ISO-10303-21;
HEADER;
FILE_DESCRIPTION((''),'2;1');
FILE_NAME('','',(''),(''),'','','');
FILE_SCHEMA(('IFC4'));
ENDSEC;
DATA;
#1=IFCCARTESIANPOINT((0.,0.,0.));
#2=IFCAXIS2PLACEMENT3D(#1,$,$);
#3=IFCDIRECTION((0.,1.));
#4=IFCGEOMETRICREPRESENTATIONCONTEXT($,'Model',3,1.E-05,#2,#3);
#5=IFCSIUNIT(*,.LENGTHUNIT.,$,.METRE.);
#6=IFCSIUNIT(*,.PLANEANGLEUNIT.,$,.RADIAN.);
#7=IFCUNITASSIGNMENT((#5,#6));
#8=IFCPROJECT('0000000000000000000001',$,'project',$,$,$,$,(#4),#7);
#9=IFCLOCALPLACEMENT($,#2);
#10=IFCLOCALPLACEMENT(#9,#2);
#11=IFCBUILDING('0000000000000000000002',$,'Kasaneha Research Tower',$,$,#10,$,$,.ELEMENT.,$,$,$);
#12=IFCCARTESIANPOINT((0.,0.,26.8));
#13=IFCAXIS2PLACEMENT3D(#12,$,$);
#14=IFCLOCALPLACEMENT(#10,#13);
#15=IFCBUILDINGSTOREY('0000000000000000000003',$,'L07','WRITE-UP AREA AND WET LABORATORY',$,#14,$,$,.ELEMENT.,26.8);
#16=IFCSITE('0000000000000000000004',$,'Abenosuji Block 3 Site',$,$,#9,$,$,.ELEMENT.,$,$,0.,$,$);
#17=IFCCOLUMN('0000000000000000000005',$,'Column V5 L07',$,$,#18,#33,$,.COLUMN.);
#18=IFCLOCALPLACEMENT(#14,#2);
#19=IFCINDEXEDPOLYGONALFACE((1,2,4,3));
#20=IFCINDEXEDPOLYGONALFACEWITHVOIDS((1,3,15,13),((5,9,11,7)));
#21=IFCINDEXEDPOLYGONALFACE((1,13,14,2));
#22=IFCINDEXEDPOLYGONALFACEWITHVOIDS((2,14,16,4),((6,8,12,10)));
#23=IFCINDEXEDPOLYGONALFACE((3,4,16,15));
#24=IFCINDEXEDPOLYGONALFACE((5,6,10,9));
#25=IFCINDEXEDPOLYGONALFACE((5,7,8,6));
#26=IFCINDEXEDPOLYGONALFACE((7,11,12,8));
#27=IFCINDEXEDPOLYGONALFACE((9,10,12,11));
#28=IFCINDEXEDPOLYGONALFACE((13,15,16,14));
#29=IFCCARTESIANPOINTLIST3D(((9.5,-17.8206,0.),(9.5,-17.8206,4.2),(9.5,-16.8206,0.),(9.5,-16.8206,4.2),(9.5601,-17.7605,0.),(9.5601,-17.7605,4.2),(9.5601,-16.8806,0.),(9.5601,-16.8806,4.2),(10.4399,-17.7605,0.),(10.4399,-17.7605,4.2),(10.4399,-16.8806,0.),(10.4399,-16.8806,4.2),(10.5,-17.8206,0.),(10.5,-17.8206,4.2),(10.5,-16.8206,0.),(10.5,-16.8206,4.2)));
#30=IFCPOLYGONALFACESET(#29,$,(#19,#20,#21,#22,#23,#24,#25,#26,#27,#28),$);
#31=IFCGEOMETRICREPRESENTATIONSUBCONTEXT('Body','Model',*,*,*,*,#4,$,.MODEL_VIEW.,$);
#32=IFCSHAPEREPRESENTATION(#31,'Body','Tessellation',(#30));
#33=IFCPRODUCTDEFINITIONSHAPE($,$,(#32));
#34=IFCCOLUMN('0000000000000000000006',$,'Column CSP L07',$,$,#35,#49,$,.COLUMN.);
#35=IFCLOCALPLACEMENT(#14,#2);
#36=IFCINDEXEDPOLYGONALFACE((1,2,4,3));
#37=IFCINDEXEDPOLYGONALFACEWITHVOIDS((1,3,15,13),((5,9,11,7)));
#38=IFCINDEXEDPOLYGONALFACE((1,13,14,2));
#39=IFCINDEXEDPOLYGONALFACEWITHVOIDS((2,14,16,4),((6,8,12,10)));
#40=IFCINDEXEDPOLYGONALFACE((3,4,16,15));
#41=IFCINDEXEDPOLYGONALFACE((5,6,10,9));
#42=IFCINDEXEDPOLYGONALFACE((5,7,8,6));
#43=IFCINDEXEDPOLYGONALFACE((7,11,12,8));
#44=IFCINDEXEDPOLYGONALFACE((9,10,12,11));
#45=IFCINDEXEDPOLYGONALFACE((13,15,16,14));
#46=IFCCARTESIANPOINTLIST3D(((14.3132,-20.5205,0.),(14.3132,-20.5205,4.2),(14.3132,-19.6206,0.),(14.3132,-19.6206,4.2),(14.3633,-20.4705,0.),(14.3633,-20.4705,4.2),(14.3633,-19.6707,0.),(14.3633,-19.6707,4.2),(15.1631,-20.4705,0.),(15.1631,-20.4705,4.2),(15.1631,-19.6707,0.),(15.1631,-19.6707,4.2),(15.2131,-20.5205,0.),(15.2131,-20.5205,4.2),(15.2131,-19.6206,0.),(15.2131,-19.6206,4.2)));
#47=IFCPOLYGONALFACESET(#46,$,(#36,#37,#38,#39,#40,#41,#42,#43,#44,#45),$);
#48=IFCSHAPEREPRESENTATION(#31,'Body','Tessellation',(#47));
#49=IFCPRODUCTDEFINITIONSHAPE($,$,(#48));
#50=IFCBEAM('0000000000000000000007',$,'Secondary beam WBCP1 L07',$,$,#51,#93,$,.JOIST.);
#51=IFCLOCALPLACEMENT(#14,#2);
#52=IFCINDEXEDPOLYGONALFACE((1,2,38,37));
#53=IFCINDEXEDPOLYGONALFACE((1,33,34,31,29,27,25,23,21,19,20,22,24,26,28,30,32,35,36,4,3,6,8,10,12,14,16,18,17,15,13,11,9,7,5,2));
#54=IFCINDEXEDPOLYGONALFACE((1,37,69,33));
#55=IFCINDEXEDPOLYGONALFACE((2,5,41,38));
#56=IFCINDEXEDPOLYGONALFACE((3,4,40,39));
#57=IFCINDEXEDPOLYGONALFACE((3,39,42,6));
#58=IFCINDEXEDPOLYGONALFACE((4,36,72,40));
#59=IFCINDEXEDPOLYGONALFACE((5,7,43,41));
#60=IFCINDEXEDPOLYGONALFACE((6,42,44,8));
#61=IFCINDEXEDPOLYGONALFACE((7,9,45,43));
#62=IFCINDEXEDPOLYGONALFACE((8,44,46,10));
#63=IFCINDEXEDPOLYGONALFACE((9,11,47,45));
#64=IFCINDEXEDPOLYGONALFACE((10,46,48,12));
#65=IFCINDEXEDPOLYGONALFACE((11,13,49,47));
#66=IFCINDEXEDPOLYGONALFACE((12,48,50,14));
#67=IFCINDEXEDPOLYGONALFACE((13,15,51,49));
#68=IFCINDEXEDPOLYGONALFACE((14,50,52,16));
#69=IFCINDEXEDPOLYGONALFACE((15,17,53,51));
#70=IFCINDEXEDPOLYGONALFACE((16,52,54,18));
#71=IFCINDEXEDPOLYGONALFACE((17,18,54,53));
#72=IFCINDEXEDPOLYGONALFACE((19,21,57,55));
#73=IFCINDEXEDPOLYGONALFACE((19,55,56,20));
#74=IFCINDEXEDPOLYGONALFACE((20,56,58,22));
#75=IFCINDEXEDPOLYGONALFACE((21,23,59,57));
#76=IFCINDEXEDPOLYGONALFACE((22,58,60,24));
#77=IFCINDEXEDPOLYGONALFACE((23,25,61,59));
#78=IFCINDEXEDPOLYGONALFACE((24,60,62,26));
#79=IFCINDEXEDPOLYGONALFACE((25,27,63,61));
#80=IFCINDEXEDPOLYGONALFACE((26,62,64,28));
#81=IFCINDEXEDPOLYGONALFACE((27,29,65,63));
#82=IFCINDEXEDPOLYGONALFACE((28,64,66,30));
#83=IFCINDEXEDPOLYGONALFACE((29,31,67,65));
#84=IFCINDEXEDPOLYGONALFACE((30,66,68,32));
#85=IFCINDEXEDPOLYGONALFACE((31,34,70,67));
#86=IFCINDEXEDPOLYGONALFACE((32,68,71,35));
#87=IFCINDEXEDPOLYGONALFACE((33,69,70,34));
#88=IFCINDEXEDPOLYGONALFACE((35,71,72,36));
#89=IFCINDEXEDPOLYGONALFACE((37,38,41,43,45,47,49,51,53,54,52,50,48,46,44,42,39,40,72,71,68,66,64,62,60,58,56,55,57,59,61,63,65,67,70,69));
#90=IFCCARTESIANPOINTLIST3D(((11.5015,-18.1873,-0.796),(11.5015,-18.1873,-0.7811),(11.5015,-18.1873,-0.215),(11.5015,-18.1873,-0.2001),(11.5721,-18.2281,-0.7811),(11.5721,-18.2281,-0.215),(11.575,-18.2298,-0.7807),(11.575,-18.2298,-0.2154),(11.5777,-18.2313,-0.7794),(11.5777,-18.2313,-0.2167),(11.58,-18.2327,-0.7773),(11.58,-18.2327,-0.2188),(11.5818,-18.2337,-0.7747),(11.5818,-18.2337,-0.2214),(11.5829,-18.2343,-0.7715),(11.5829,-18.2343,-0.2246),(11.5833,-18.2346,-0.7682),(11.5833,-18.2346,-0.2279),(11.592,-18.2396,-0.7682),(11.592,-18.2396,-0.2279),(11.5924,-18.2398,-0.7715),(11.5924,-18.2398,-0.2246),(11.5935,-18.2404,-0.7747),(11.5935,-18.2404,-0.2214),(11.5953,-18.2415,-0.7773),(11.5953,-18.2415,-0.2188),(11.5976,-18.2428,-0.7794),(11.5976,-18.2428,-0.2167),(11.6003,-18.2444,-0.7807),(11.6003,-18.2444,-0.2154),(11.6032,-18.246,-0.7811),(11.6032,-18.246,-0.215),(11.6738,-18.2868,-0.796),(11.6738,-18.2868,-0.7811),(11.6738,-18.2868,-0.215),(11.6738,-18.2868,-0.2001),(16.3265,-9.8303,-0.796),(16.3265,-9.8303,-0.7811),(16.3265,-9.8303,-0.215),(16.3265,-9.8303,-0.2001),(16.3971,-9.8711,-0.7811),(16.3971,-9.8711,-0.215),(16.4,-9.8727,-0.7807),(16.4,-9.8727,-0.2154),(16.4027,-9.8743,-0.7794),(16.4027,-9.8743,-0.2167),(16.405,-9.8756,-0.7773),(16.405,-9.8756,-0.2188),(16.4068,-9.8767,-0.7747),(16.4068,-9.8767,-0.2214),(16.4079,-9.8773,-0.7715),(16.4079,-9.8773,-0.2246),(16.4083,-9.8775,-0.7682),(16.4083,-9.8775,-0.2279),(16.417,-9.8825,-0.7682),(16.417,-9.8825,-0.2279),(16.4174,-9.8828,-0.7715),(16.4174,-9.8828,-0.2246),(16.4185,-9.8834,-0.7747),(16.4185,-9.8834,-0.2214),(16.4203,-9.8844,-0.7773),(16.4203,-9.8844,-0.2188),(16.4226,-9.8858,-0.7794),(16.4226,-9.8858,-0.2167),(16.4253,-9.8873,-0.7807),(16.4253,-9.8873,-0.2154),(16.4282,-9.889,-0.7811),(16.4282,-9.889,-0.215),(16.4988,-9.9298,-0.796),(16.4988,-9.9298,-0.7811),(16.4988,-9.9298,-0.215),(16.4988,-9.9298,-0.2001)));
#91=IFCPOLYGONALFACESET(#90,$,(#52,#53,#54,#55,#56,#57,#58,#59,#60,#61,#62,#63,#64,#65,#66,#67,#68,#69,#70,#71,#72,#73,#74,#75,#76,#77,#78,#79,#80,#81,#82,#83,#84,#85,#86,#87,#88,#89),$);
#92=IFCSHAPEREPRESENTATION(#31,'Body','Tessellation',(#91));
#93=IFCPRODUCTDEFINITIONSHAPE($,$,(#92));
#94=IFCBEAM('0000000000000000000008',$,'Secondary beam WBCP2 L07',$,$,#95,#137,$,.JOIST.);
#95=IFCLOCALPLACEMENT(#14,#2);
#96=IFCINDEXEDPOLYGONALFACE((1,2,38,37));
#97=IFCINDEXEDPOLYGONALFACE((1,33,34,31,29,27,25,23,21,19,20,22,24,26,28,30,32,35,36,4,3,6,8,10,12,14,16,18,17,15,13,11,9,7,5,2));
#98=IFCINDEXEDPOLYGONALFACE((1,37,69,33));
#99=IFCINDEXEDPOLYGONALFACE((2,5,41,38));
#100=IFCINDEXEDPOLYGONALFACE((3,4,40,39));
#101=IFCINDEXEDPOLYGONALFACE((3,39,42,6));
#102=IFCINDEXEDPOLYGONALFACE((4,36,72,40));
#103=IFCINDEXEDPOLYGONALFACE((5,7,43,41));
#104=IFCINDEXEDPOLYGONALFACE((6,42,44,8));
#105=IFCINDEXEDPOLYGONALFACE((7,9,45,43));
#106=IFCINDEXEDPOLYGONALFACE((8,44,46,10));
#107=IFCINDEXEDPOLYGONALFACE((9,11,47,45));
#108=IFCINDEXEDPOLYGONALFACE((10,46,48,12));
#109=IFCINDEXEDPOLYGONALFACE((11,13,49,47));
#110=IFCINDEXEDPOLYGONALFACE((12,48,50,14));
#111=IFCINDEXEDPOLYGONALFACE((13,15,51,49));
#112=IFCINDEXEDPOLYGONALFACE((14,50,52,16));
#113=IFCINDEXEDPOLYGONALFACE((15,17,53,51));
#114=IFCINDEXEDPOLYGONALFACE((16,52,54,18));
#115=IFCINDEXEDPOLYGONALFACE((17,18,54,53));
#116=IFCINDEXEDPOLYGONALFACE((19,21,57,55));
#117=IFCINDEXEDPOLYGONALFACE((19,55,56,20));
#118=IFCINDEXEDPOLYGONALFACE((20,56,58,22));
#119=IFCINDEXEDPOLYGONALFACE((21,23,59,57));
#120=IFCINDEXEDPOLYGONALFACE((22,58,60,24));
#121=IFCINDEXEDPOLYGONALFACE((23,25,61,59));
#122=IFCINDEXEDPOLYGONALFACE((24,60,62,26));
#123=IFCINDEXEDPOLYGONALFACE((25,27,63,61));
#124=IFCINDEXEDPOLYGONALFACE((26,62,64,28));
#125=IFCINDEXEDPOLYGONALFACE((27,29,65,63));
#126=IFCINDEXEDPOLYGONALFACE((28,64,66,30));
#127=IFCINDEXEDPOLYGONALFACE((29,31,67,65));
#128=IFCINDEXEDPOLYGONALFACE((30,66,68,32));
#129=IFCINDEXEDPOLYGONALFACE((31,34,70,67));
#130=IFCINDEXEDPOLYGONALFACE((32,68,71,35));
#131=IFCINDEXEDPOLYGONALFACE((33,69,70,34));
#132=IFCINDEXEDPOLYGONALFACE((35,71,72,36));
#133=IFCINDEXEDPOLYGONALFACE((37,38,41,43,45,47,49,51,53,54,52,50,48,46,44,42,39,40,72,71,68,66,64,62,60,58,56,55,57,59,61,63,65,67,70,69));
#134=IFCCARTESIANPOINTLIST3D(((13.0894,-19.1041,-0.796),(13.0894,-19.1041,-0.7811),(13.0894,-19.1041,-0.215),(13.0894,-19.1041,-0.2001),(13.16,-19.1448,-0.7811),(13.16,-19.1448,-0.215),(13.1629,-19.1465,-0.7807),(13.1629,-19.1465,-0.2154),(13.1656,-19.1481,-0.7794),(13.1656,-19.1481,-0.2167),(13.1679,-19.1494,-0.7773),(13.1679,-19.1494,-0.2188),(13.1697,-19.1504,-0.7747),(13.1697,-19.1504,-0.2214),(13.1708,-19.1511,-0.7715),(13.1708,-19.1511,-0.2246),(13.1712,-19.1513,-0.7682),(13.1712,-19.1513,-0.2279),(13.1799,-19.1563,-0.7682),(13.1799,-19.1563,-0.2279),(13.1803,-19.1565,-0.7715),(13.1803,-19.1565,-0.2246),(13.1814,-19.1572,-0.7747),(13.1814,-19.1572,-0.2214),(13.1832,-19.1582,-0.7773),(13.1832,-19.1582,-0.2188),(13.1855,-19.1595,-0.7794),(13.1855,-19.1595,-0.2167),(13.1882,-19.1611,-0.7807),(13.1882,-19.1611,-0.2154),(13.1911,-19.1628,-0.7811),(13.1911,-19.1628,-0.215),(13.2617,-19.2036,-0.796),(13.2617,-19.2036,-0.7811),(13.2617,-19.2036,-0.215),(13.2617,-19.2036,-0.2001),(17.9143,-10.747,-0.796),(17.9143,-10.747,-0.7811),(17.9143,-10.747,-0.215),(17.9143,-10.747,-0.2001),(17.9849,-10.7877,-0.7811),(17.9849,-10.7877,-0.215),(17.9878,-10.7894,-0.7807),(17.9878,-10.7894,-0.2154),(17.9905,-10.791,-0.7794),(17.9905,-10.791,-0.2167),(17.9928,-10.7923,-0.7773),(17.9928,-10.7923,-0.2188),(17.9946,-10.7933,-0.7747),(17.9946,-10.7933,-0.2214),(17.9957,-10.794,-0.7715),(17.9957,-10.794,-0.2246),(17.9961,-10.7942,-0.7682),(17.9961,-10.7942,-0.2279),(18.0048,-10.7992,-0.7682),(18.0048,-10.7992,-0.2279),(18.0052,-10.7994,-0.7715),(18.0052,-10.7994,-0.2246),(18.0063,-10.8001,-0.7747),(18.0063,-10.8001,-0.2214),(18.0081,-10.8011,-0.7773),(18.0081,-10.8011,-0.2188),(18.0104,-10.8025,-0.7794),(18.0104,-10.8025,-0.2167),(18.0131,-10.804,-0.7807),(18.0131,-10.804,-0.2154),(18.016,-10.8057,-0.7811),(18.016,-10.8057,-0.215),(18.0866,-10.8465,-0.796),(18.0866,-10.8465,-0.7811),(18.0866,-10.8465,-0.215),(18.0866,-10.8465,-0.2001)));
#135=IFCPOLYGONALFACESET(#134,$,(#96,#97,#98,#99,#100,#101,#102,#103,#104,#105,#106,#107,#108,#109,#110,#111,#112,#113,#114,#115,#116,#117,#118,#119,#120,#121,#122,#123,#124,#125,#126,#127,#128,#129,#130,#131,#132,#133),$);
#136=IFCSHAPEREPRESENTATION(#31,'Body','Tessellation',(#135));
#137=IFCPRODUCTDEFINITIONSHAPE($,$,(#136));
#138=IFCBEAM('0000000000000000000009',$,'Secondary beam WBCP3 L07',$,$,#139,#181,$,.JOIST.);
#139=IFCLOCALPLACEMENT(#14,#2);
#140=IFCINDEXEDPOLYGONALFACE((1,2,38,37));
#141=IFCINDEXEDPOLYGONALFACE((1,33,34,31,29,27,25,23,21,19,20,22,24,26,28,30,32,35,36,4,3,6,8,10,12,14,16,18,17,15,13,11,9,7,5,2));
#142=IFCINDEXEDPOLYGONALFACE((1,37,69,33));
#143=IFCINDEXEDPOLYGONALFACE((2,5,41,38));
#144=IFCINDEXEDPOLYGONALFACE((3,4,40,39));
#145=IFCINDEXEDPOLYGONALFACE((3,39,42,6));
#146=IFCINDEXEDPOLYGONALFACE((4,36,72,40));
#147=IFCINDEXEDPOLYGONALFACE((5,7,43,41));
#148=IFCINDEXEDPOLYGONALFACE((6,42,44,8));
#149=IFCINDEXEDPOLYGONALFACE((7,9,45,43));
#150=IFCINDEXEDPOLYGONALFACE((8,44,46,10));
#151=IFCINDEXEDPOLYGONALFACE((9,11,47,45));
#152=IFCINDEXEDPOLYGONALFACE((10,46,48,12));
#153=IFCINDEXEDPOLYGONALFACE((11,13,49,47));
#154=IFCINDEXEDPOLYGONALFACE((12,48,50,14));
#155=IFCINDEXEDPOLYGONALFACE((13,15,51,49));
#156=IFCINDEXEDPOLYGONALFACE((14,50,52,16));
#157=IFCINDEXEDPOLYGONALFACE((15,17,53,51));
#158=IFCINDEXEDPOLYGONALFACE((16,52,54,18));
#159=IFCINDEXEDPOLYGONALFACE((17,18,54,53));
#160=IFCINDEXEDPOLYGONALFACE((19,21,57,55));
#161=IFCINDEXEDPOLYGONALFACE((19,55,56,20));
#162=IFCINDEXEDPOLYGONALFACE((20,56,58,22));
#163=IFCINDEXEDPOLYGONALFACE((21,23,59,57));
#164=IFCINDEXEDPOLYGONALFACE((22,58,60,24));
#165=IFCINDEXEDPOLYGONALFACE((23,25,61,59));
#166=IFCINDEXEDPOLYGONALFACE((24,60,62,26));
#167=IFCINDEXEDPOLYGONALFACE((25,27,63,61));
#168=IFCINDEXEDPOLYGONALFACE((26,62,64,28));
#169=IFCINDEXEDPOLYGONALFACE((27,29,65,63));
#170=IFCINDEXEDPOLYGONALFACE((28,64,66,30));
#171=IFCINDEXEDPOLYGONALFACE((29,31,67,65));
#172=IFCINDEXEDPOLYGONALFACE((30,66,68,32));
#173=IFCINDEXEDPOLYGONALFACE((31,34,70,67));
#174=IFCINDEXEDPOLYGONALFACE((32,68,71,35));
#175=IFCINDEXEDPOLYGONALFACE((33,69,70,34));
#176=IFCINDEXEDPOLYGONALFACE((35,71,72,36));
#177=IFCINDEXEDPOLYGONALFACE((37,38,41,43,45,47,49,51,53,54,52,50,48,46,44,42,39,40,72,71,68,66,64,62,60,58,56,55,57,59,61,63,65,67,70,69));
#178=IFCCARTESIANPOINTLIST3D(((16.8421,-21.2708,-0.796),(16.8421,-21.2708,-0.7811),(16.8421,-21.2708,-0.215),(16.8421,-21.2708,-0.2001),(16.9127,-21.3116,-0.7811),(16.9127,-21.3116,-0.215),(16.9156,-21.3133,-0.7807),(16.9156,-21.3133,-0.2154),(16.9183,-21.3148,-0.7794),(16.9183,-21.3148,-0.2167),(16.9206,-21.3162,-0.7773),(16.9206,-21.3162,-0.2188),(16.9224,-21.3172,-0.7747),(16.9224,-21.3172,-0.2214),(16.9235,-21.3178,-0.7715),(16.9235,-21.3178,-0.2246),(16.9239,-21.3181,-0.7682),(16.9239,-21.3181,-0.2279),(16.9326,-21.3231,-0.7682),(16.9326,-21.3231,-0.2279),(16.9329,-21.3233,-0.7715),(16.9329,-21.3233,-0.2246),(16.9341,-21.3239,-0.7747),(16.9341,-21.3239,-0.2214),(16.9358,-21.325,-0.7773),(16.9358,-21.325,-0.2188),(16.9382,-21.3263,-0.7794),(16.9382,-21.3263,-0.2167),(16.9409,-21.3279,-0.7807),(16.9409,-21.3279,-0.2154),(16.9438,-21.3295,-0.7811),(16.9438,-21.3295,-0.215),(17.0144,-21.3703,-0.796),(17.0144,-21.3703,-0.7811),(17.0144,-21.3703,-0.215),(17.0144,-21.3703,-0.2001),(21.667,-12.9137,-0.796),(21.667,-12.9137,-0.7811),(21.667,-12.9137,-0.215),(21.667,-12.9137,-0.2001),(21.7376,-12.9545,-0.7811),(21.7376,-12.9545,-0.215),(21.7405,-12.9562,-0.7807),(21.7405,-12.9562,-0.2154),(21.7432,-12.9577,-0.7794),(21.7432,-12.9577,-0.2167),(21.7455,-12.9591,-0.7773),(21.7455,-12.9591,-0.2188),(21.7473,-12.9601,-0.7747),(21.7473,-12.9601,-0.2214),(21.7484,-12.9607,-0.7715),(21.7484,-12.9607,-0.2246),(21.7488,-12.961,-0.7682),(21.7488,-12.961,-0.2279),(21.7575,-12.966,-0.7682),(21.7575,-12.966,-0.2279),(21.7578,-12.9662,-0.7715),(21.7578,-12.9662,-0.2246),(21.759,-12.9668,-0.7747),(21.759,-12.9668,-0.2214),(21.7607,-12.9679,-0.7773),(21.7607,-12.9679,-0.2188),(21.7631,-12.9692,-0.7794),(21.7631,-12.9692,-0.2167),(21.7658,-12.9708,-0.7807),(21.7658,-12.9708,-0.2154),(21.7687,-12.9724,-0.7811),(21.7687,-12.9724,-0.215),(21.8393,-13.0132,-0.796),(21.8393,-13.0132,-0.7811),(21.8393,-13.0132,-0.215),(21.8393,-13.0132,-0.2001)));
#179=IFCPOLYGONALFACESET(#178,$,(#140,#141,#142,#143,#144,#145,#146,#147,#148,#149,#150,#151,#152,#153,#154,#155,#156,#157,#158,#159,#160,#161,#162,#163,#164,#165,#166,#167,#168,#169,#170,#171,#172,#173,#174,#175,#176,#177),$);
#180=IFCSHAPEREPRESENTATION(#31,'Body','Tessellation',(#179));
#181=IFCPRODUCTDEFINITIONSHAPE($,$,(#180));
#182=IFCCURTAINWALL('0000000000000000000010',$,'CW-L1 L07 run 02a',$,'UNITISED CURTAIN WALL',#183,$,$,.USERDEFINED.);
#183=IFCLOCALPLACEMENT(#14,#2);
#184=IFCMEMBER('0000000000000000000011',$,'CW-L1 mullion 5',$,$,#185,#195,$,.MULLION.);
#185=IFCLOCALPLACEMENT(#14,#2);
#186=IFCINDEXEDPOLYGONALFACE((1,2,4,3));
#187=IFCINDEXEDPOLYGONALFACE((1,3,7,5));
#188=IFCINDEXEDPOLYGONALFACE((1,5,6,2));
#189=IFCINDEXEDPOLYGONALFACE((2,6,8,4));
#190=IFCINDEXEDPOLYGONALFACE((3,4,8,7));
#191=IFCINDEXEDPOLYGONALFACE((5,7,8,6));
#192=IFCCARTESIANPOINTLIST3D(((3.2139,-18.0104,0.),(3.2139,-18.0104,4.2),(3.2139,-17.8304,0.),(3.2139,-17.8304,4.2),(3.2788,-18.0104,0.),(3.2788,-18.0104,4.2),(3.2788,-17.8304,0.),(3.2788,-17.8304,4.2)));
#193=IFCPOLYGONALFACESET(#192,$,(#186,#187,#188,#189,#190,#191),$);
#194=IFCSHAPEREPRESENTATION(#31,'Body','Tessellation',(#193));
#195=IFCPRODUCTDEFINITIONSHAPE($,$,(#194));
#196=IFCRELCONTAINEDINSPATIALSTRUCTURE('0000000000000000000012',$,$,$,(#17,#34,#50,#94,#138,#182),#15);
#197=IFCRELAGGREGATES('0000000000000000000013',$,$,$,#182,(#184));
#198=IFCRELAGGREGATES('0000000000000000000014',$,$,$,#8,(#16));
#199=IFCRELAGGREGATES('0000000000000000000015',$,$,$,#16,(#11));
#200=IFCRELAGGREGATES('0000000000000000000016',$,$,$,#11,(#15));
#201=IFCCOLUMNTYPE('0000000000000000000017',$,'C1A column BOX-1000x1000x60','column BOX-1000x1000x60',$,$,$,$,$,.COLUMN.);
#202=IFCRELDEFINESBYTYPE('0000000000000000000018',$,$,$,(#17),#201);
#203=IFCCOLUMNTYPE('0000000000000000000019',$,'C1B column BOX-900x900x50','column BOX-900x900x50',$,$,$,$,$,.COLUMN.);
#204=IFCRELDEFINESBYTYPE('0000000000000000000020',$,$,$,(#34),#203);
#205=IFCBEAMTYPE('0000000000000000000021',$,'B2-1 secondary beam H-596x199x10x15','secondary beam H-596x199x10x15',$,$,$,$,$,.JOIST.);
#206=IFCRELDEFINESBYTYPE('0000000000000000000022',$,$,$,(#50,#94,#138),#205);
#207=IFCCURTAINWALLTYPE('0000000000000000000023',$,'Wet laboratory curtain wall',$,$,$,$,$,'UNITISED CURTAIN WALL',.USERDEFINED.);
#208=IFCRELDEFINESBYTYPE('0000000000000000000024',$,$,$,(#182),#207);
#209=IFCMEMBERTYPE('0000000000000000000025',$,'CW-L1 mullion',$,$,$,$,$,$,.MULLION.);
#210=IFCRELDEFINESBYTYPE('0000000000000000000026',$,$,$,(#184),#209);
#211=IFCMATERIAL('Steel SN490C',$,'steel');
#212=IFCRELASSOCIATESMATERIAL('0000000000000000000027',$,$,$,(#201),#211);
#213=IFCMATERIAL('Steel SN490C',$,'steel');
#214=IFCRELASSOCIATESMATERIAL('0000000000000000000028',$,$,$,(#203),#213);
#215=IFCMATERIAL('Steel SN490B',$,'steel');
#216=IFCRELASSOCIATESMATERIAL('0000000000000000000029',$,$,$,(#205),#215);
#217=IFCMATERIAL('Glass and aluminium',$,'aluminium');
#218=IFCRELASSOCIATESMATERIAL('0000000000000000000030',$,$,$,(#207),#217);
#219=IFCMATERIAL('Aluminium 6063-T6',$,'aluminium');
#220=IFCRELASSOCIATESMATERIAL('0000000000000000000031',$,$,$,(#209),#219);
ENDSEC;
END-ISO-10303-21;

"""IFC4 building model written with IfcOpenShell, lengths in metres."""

from ifc_helpers import new_model, si_unit, direction, frame, origin, origin_2d, place, context, subcontext, project, spatial, rectangle, hollow_rectangle, i_section, extrude, material, material_profile, profile_set, type_object, element, aggregate, save


model = new_model("IFC4")

# Units and contexts
model_context = context("Model", 3, precision=1e-05, world=origin(), true_north=direction((0.0, 1.0)))
body_context = subcontext(model_context, "Body", "Model", "MODEL_VIEW")
ifc_project = project(units=[si_unit("LENGTHUNIT", "METRE"), si_unit("PLANEANGLEUNIT", "RADIAN")], contexts=[model_context])

# Site, building, storey
site_placement = place(None, origin())
site = spatial("IfcSite", under=ifc_project, at=site_placement, Name="Abenosuji Block 3 Site", CompositionType="ELEMENT", RefElevation=0.0)
building_placement = place(site_placement, origin())
building = spatial("IfcBuilding", under=site, at=building_placement, Name="Kasaneha Research Tower", CompositionType="ELEMENT")
storey_placement = place(building_placement, frame((0.0, 0.0, 26.8)))
storey = spatial("IfcBuildingStorey", under=building, at=storey_placement, Name="L07", Description="WRITE-UP AREA AND WET LABORATORY", CompositionType="ELEMENT", Elevation=26.8)

# Columns
ifc_material_1 = material(Name="Steel SN490C", Category="steel")
ifc_material_profile_1 = material_profile(ifc_material_1, hollow_rectangle(XDim=1.0, YDim=1.0, WallThickness=0.0601, at=origin_2d()), Name="BOX-1000x1000x60")
ifc_profile_set_1 = profile_set([ifc_material_profile_1], Name="Steel SN490C")
column_type_1 = type_object("IfcColumnType", Name="C1A column BOX-1000x1000x60", Description="column BOX-1000x1000x60", PredefinedType="COLUMN", material=ifc_profile_set_1)
column_1_placement = place(storey_placement, frame((10.0, -17.3206, 0.0), z_axis=(0.0, 0.0, 1.0), x_axis=(1.0, 0.0, 0.0)))
element("IfcColumn", 1, at=column_1_placement, inside=storey, type_object=column_type_1, Name="Column V5 L07", PredefinedType="COLUMN", context=body_context, shape_type="SweptSolid", body=[
    extrude(hollow_rectangle(XDim=1.0, YDim=1.0, WallThickness=0.0601, at=origin_2d()), origin(), (0.0, 0.0, 1.0), 4.2),
])
ifc_material_2 = material(Name="Steel SN490C", Category="steel")
ifc_material_profile_2 = material_profile(ifc_material_2, hollow_rectangle(XDim=0.8999, YDim=0.8999, WallThickness=0.05, at=origin_2d()), Name="BOX-900x900x50")
ifc_profile_set_2 = profile_set([ifc_material_profile_2], Name="Steel SN490C")
column_type_2 = type_object("IfcColumnType", Name="C1B column BOX-900x900x50", Description="column BOX-900x900x50", PredefinedType="COLUMN", material=ifc_profile_set_2)
column_2_placement = place(storey_placement, frame((14.7632, -20.0706, 0.0), z_axis=(0.0, 0.0, 1.0), x_axis=(1.0, 0.0, 0.0)))
element("IfcColumn", 2, at=column_2_placement, inside=storey, type_object=column_type_2, Name="Column CSP L07", PredefinedType="COLUMN", context=body_context, shape_type="SweptSolid", body=[
    extrude(hollow_rectangle(XDim=0.8999, YDim=0.8999, WallThickness=0.05, at=origin_2d()), origin(), (0.0, 0.0, 1.0), 4.2),
])

# Beams
ifc_material_3 = material(Name="Steel SN490B", Category="steel")
ifc_material_profile_3 = material_profile(ifc_material_3, i_section(OverallWidth=0.199, OverallDepth=0.5959, WebThickness=0.01, FlangeThickness=0.0149, FilletRadius=0.0129, at=origin_2d()), Name="H-596x199x10x15")
ifc_profile_set_3 = profile_set([ifc_material_profile_3], Name="Steel SN490B")
beam_type_1 = type_object("IfcBeamType", Name="B2-1 secondary beam H-596x199x10x15", Description="secondary beam H-596x199x10x15", PredefinedType="JOIST", material=ifc_profile_set_3)
for number, where, z_axis, x_axis, name in (
    (3, (11.5876, -18.2371, -0.498), (0.500006, 0.866022, 0.0), (-0.866022, 0.500006, 0.0), "Secondary beam WBCP1 L07"),
    (4, (13.1755, -19.1538, -0.498), (0.499995, 0.866028, 0.0), (-0.866028, 0.499995, 0.0), "Secondary beam WBCP2 L07"),
    (5, (16.9282, -21.3206, -0.498), (0.499995, 0.866028, 0.0), (-0.866028, 0.499995, 0.0), "Secondary beam WBCP3 L07"),
):
    element("IfcBeam", number, at=place(storey_placement, frame(where, z_axis=z_axis, x_axis=x_axis)), inside=storey, type_object=beam_type_1, Name=name, PredefinedType="JOIST", context=body_context, shape_type="SweptSolid", body=[
        extrude(i_section(OverallWidth=0.199, OverallDepth=0.5959, WebThickness=0.01, FlangeThickness=0.0149, FilletRadius=0.0129, at=origin_2d()), origin(), (0.0, 0.0, 1.0), 9.6499),
    ])

# Curtain wall, member
ifc_material_4 = material(Name="Glass and aluminium", Category="aluminium")
curtain_wall_type = type_object("IfcCurtainWallType", Name="Wet laboratory curtain wall", ElementType="UNITISED CURTAIN WALL", PredefinedType="USERDEFINED", material=ifc_material_4)
curtain_wall_1_placement = place(storey_placement, origin())
curtain_wall_1 = element("IfcCurtainWall", 6, at=curtain_wall_1_placement, inside=storey, type_object=curtain_wall_type, Name="CW-L1 L07 run 02a", ObjectType="UNITISED CURTAIN WALL", PredefinedType="USERDEFINED")
ifc_material_5 = material(Name="Aluminium 6063-T6", Category="aluminium")
ifc_material_profile_4 = material_profile(ifc_material_5, rectangle(XDim=0.0649, YDim=0.1799, at=origin_2d()), Name="CW-L1 mullion 65x180")
ifc_profile_set_4 = profile_set([ifc_material_profile_4], Name="Aluminium 6063-T6")
member_type_1 = type_object("IfcMemberType", Name="CW-L1 mullion", PredefinedType="MULLION", material=ifc_profile_set_4)
member_1_placement = place(storey_placement, frame((3.2463, -17.9204, 0.0), z_axis=(0.0, 0.0, 1.0), x_axis=(1.0, 0.0, 0.0)))
member_1 = element("IfcMember", 7, at=member_1_placement, type_object=member_type_1, Name="CW-L1 mullion 5", PredefinedType="MULLION", context=body_context, shape_type="SweptSolid", body=[
    extrude(rectangle(XDim=0.0649, YDim=0.1799, at=origin_2d()), origin(), (0.0, 0.0, 1.0), 4.2),
])

aggregate(curtain_wall_1, [member_1])

save(model, "model.ifc")
